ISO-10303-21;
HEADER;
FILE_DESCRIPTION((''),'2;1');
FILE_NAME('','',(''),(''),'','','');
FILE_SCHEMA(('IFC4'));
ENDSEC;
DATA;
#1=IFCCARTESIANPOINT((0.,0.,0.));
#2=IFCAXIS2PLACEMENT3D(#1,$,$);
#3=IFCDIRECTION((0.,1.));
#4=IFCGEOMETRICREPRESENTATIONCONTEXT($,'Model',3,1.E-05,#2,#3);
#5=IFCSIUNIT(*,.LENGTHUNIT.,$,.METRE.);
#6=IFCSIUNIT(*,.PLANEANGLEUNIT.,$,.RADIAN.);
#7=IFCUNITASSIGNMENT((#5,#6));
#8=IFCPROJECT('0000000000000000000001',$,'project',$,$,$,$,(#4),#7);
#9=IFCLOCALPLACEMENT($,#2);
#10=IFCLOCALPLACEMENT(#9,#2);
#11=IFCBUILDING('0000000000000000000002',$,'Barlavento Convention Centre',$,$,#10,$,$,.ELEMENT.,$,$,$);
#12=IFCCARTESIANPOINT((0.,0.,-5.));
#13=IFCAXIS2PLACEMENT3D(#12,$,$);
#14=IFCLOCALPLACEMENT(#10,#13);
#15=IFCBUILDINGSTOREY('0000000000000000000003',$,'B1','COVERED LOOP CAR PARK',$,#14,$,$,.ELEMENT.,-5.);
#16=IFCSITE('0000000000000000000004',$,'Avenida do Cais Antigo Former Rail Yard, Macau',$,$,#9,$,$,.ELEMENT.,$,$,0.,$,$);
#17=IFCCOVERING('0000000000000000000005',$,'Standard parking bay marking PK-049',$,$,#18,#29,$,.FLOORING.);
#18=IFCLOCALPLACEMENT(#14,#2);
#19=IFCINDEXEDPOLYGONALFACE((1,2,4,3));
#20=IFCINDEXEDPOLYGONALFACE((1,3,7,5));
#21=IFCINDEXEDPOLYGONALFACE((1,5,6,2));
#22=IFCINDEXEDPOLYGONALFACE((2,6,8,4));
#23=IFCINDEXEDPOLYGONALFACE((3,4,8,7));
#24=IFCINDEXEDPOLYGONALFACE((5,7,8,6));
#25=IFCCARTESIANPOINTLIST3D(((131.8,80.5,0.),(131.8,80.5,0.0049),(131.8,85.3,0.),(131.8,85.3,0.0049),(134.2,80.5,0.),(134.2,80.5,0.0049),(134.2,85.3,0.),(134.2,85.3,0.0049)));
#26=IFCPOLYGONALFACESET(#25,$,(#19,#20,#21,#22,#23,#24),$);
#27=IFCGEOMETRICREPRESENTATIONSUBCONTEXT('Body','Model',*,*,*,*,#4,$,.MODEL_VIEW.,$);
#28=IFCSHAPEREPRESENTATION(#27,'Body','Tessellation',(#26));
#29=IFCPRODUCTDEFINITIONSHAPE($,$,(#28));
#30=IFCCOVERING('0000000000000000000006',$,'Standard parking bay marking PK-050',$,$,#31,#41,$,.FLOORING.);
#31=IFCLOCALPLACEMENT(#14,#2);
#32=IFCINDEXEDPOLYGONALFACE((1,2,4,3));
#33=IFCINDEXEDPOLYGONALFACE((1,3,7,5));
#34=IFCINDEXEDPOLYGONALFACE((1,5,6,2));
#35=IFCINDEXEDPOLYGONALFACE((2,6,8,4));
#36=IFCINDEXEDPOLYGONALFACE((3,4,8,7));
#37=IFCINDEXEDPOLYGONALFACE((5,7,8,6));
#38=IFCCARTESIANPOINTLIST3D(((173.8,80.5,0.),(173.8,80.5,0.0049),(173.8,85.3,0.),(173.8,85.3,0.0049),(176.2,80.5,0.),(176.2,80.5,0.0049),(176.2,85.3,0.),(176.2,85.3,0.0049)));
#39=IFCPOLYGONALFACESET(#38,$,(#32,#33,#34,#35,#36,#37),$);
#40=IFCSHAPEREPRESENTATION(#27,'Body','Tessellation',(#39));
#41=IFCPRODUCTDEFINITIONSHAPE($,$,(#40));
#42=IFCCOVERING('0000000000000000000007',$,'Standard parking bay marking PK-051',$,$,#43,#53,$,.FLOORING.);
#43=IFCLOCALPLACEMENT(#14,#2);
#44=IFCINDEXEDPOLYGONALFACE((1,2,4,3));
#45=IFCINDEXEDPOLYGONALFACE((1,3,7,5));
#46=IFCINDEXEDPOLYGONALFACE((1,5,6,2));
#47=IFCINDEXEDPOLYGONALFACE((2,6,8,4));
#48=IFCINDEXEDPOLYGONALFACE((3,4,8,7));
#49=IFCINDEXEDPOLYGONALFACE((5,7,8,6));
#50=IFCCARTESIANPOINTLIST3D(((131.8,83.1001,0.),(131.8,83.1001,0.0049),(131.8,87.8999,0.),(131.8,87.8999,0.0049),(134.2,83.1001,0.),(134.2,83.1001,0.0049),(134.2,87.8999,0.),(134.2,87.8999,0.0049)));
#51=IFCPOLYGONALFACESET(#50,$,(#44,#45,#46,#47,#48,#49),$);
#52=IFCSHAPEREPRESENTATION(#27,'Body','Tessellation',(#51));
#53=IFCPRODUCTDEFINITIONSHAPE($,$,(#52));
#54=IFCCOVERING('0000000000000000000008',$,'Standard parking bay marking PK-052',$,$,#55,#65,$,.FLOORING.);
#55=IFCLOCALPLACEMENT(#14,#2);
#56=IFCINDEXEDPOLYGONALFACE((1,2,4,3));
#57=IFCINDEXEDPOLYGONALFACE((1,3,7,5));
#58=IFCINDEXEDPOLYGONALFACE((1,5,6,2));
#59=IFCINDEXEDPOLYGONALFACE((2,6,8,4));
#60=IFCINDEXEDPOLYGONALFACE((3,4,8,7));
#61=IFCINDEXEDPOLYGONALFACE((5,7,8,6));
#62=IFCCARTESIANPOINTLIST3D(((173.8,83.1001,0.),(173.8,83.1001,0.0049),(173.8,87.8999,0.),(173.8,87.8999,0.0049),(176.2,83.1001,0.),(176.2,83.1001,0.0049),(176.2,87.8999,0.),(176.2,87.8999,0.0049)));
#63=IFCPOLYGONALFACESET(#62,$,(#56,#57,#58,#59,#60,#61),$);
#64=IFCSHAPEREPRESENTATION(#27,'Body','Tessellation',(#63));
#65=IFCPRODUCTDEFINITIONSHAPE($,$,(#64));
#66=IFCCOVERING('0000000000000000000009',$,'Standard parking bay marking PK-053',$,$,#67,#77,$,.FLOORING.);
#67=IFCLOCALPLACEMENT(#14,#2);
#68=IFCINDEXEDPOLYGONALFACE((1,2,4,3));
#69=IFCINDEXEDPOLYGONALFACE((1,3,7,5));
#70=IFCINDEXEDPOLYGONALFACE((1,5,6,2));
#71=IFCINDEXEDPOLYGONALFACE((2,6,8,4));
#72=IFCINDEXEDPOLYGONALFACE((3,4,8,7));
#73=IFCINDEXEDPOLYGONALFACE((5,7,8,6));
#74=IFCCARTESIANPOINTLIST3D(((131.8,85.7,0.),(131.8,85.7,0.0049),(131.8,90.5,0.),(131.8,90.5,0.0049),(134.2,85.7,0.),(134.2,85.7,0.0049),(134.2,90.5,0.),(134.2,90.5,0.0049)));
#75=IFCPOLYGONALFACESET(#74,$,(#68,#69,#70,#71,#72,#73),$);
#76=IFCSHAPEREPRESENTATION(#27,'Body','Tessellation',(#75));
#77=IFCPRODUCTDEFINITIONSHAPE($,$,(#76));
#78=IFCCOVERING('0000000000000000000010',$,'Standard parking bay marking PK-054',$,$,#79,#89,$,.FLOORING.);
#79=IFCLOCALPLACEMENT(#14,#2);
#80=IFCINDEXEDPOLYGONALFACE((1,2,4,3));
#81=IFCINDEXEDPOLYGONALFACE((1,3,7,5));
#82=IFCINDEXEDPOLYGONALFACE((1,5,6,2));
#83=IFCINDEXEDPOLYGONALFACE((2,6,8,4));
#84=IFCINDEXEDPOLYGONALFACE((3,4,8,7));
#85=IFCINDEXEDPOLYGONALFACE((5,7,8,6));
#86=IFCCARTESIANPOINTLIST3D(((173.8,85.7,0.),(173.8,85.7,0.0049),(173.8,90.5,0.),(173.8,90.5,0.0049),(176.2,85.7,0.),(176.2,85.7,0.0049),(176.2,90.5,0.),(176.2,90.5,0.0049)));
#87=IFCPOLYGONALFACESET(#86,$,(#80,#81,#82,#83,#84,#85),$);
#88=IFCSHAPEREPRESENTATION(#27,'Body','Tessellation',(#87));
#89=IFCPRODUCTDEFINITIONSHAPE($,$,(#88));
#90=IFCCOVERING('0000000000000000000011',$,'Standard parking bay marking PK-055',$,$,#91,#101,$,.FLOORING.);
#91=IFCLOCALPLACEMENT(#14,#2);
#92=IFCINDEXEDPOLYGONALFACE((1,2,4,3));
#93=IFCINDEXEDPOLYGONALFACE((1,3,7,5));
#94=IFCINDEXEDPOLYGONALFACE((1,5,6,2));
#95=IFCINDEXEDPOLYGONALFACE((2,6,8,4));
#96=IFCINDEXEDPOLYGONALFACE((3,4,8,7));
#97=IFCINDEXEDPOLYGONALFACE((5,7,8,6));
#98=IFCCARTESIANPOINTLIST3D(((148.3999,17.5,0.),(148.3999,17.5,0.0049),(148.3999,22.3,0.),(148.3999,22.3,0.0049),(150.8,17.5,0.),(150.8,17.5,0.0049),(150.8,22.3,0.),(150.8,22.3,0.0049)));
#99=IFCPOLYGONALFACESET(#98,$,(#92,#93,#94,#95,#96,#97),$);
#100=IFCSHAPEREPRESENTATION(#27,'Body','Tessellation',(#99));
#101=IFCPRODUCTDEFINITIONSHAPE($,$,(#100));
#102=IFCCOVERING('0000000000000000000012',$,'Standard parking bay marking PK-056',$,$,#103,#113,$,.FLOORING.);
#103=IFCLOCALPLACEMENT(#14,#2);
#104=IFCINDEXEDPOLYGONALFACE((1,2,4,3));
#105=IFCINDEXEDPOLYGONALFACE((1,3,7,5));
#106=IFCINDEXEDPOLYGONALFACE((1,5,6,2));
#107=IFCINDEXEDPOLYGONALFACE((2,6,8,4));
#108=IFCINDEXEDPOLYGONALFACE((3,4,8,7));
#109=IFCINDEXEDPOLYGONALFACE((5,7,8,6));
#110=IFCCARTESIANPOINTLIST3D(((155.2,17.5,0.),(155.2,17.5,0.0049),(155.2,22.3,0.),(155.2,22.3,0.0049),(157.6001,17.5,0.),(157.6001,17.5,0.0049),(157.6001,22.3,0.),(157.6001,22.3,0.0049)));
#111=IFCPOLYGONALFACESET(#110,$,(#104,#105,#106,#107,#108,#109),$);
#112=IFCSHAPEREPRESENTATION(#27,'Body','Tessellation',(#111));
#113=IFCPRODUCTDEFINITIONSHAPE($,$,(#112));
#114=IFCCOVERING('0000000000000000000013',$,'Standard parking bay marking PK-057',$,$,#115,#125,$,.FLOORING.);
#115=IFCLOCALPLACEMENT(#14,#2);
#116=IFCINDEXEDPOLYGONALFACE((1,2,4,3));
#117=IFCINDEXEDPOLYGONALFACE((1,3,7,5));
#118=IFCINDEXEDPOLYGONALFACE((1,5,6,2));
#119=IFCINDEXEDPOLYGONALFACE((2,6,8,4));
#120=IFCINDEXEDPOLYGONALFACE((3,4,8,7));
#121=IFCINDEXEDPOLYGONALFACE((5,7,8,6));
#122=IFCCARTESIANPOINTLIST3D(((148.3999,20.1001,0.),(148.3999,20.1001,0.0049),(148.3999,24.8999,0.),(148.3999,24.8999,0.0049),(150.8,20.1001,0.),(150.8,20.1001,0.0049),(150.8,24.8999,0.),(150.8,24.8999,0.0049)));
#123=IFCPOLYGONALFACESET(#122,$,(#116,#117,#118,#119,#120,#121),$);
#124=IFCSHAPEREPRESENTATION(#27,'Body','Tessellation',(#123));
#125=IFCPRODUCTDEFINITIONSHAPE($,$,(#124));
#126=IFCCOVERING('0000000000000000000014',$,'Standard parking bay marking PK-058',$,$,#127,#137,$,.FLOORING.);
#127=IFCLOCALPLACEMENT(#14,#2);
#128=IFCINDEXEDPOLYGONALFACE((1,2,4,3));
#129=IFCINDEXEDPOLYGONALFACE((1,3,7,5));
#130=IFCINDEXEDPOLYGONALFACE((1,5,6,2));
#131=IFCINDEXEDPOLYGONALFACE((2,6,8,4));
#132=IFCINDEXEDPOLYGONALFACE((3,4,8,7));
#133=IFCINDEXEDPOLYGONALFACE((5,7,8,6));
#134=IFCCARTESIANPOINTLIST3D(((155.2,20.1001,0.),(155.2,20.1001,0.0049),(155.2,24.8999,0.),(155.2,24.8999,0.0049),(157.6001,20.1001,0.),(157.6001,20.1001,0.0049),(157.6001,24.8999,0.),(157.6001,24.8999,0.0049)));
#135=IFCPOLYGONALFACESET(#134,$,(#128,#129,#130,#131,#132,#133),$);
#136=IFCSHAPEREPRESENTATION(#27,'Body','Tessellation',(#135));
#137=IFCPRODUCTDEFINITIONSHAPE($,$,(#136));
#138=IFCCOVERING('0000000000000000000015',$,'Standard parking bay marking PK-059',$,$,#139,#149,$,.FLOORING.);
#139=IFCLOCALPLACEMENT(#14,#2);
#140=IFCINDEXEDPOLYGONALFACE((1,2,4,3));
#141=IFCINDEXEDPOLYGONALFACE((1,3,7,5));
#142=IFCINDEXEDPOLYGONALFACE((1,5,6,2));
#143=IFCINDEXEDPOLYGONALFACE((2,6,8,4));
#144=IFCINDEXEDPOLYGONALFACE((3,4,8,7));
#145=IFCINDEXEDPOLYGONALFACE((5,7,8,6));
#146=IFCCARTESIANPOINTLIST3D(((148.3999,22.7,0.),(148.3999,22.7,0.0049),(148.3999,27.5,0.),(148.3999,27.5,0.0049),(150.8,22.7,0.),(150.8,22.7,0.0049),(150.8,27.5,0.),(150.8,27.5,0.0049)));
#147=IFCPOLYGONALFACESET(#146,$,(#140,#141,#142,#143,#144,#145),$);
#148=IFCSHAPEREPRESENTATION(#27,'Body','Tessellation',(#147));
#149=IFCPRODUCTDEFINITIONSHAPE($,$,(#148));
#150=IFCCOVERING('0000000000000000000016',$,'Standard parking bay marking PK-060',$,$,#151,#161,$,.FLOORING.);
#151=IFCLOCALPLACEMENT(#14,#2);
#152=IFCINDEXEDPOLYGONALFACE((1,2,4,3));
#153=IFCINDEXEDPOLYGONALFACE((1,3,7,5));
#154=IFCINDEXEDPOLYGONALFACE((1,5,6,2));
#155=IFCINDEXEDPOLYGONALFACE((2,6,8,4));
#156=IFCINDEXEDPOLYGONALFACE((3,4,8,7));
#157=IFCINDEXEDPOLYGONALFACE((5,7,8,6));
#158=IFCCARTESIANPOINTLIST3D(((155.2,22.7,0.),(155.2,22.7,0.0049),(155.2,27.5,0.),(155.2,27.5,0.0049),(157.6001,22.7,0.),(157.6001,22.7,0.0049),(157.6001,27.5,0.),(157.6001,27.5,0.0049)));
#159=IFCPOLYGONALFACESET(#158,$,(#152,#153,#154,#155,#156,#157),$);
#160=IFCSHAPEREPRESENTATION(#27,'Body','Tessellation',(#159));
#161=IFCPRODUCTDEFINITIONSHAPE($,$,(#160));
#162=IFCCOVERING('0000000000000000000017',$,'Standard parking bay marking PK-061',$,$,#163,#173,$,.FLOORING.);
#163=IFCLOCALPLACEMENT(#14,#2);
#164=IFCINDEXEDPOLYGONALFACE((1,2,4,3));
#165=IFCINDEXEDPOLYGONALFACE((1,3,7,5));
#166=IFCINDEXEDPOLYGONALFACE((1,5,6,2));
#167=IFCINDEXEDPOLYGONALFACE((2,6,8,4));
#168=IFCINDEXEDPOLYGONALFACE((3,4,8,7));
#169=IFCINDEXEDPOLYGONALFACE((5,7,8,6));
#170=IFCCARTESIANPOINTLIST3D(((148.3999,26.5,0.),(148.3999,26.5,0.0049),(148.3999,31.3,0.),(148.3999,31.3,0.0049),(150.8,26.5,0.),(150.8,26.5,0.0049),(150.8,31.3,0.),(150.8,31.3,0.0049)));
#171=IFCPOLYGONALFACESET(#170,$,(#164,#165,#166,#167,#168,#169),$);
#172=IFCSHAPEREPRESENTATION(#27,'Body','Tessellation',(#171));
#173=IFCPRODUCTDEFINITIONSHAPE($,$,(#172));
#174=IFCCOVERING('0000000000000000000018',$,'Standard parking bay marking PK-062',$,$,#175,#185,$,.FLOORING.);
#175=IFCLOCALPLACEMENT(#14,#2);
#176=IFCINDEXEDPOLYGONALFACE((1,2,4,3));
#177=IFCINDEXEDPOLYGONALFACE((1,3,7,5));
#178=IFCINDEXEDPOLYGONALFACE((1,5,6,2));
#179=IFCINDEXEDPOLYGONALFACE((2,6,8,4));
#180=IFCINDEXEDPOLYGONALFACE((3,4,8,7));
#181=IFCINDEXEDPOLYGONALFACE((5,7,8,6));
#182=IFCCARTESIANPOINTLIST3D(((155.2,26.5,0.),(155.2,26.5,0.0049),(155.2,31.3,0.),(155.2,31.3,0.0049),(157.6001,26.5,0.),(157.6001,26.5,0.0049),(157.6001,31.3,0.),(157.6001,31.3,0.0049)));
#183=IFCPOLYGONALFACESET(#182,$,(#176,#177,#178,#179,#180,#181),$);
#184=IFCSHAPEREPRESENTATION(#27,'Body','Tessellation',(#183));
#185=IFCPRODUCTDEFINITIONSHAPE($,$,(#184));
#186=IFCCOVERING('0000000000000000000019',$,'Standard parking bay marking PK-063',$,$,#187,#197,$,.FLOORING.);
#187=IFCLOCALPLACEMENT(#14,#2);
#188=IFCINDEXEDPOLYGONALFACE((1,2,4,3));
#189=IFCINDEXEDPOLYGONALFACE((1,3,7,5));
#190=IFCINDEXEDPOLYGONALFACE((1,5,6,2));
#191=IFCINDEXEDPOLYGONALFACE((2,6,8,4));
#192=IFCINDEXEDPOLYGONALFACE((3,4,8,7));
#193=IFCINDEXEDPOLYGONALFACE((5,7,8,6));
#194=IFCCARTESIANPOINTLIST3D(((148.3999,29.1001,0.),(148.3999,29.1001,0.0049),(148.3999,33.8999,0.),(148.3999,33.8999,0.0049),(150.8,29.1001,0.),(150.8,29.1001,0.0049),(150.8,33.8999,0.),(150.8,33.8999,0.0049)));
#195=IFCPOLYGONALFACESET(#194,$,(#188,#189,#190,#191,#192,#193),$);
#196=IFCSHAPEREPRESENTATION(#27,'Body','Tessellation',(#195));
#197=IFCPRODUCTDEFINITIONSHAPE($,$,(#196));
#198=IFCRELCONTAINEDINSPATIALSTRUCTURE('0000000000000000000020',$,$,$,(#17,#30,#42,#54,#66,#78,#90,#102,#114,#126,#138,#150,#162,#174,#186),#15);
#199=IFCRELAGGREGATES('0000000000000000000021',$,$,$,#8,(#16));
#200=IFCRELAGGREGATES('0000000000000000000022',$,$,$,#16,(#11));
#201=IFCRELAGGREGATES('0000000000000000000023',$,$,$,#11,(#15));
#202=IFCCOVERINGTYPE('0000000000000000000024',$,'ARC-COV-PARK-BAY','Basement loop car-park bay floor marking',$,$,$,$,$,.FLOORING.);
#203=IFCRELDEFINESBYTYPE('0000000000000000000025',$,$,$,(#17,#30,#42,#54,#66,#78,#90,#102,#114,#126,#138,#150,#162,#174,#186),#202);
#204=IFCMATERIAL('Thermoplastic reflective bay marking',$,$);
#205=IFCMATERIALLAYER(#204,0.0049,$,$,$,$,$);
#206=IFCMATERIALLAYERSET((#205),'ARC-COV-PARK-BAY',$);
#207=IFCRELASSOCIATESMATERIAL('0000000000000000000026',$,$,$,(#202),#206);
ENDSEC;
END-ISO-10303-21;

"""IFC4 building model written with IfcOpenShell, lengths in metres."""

from ifc_helpers import new_model, si_unit, direction, frame, origin, place, context, subcontext, project, spatial, polyline, outline, extrude, material, layer, layer_set, type_object, element, save


model = new_model("IFC4")

# Units and contexts
model_context = context("Model", 3, precision=1e-05, world=origin(), true_north=direction((0.0, 1.0)))
body_context = subcontext(model_context, "Body", "Model", "MODEL_VIEW")
ifc_project = project(units=[si_unit("LENGTHUNIT", "METRE"), si_unit("PLANEANGLEUNIT", "RADIAN")], contexts=[model_context])

# Site, building, storey
site_placement = place(None, origin())
site = spatial("IfcSite", under=ifc_project, at=site_placement, Name="Avenida do Cais Antigo Former Rail Yard, Macau", CompositionType="ELEMENT", RefElevation=0.0)
building_placement = place(site_placement, origin())
building = spatial("IfcBuilding", under=site, at=building_placement, Name="Barlavento Convention Centre", CompositionType="ELEMENT")
storey_placement = place(building_placement, frame((0.0, 0.0, -5.0)))
storey = spatial("IfcBuildingStorey", under=building, at=storey_placement, Name="B1", Description="COVERED LOOP CAR PARK", CompositionType="ELEMENT", Elevation=-5.0)

# Coverings
ifc_material = material(Name="Thermoplastic reflective bay marking")
ifc_layer = layer(ifc_material, 0.0049)
ifc_layer_set = layer_set([ifc_layer], Name="ARC-COV-PARK-BAY")
covering_type = type_object("IfcCoveringType", Name="ARC-COV-PARK-BAY", Description="Basement loop car-park bay floor marking", PredefinedType="FLOORING", material=ifc_layer_set)
covering_1_placement = place(storey_placement, origin())
element("IfcCovering", 1, at=covering_1_placement, inside=storey, type_object=covering_type, Name="Standard parking bay marking PK-049", PredefinedType="FLOORING", context=body_context, shape_type="SweptSolid", body=[
    extrude(outline(polyline([(131.8, 80.5), (134.2, 80.5), (134.2, 85.3), (131.8, 85.3), (131.8, 80.5)])), origin(), (0.0, 0.0, 1.0), 0.0049),
])
covering_2_placement = place(storey_placement, origin())
element("IfcCovering", 2, at=covering_2_placement, inside=storey, type_object=covering_type, Name="Standard parking bay marking PK-050", PredefinedType="FLOORING", context=body_context, shape_type="SweptSolid", body=[
    extrude(outline(polyline([(173.8, 80.5), (176.2, 80.5), (176.2, 85.3), (173.8, 85.3), (173.8, 80.5)])), origin(), (0.0, 0.0, 1.0), 0.0049),
])
covering_3_placement = place(storey_placement, origin())
element("IfcCovering", 3, at=covering_3_placement, inside=storey, type_object=covering_type, Name="Standard parking bay marking PK-051", PredefinedType="FLOORING", context=body_context, shape_type="SweptSolid", body=[
    extrude(outline(polyline([(131.8, 83.1001), (134.2, 83.1001), (134.2, 87.8999), (131.8, 87.8999), (131.8, 83.1001)])), origin(), (0.0, 0.0, 1.0), 0.0049),
])
covering_4_placement = place(storey_placement, origin())
element("IfcCovering", 4, at=covering_4_placement, inside=storey, type_object=covering_type, Name="Standard parking bay marking PK-052", PredefinedType="FLOORING", context=body_context, shape_type="SweptSolid", body=[
    extrude(outline(polyline([(173.8, 83.1001), (176.2, 83.1001), (176.2, 87.8999), (173.8, 87.8999), (173.8, 83.1001)])), origin(), (0.0, 0.0, 1.0), 0.0049),
])
covering_5_placement = place(storey_placement, origin())
element("IfcCovering", 5, at=covering_5_placement, inside=storey, type_object=covering_type, Name="Standard parking bay marking PK-053", PredefinedType="FLOORING", context=body_context, shape_type="SweptSolid", body=[
    extrude(outline(polyline([(131.8, 85.7), (134.2, 85.7), (134.2, 90.5), (131.8, 90.5), (131.8, 85.7)])), origin(), (0.0, 0.0, 1.0), 0.0049),
])
covering_6_placement = place(storey_placement, origin())
element("IfcCovering", 6, at=covering_6_placement, inside=storey, type_object=covering_type, Name="Standard parking bay marking PK-054", PredefinedType="FLOORING", context=body_context, shape_type="SweptSolid", body=[
    extrude(outline(polyline([(173.8, 85.7), (176.2, 85.7), (176.2, 90.5), (173.8, 90.5), (173.8, 85.7)])), origin(), (0.0, 0.0, 1.0), 0.0049),
])
covering_7_placement = place(storey_placement, origin())
element("IfcCovering", 7, at=covering_7_placement, inside=storey, type_object=covering_type, Name="Standard parking bay marking PK-055", PredefinedType="FLOORING", context=body_context, shape_type="SweptSolid", body=[
    extrude(outline(polyline([(148.3999, 17.5), (150.8, 17.5), (150.8, 22.3), (148.3999, 22.3), (148.3999, 17.5)])), origin(), (0.0, 0.0, 1.0), 0.0049),
])
covering_8_placement = place(storey_placement, origin())
element("IfcCovering", 8, at=covering_8_placement, inside=storey, type_object=covering_type, Name="Standard parking bay marking PK-056", PredefinedType="FLOORING", context=body_context, shape_type="SweptSolid", body=[
    extrude(outline(polyline([(155.2, 17.5), (157.6001, 17.5), (157.6001, 22.3), (155.2, 22.3), (155.2, 17.5)])), origin(), (0.0, 0.0, 1.0), 0.0049),
])
covering_9_placement = place(storey_placement, origin())
element("IfcCovering", 9, at=covering_9_placement, inside=storey, type_object=covering_type, Name="Standard parking bay marking PK-057", PredefinedType="FLOORING", context=body_context, shape_type="SweptSolid", body=[
    extrude(outline(polyline([(148.3999, 20.1001), (150.8, 20.1001), (150.8, 24.8999), (148.3999, 24.8999), (148.3999, 20.1001)])), origin(), (0.0, 0.0, 1.0), 0.0049),
])
covering_10_placement = place(storey_placement, origin())
element("IfcCovering", 10, at=covering_10_placement, inside=storey, type_object=covering_type, Name="Standard parking bay marking PK-058", PredefinedType="FLOORING", context=body_context, shape_type="SweptSolid", body=[
    extrude(outline(polyline([(155.2, 20.1001), (157.6001, 20.1001), (157.6001, 24.8999), (155.2, 24.8999), (155.2, 20.1001)])), origin(), (0.0, 0.0, 1.0), 0.0049),
])
covering_11_placement = place(storey_placement, origin())
element("IfcCovering", 11, at=covering_11_placement, inside=storey, type_object=covering_type, Name="Standard parking bay marking PK-059", PredefinedType="FLOORING", context=body_context, shape_type="SweptSolid", body=[
    extrude(outline(polyline([(148.3999, 22.7), (150.8, 22.7), (150.8, 27.5), (148.3999, 27.5), (148.3999, 22.7)])), origin(), (0.0, 0.0, 1.0), 0.0049),
])
covering_12_placement = place(storey_placement, origin())
element("IfcCovering", 12, at=covering_12_placement, inside=storey, type_object=covering_type, Name="Standard parking bay marking PK-060", PredefinedType="FLOORING", context=body_context, shape_type="SweptSolid", body=[
    extrude(outline(polyline([(155.2, 22.7), (157.6001, 22.7), (157.6001, 27.5), (155.2, 27.5), (155.2, 22.7)])), origin(), (0.0, 0.0, 1.0), 0.0049),
])
covering_13_placement = place(storey_placement, origin())
element("IfcCovering", 13, at=covering_13_placement, inside=storey, type_object=covering_type, Name="Standard parking bay marking PK-061", PredefinedType="FLOORING", context=body_context, shape_type="SweptSolid", body=[
    extrude(outline(polyline([(148.3999, 26.5), (150.8, 26.5), (150.8, 31.3), (148.3999, 31.3), (148.3999, 26.5)])), origin(), (0.0, 0.0, 1.0), 0.0049),
])
covering_14_placement = place(storey_placement, origin())
element("IfcCovering", 14, at=covering_14_placement, inside=storey, type_object=covering_type, Name="Standard parking bay marking PK-062", PredefinedType="FLOORING", context=body_context, shape_type="SweptSolid", body=[
    extrude(outline(polyline([(155.2, 26.5), (157.6001, 26.5), (157.6001, 31.3), (155.2, 31.3), (155.2, 26.5)])), origin(), (0.0, 0.0, 1.0), 0.0049),
])
covering_15_placement = place(storey_placement, origin())
element("IfcCovering", 15, at=covering_15_placement, inside=storey, type_object=covering_type, Name="Standard parking bay marking PK-063", PredefinedType="FLOORING", context=body_context, shape_type="SweptSolid", body=[
    extrude(outline(polyline([(148.3999, 29.1001), (150.8, 29.1001), (150.8, 33.8999), (148.3999, 33.8999), (148.3999, 29.1001)])), origin(), (0.0, 0.0, 1.0), 0.0049),
])

save(model, "model.ifc")
